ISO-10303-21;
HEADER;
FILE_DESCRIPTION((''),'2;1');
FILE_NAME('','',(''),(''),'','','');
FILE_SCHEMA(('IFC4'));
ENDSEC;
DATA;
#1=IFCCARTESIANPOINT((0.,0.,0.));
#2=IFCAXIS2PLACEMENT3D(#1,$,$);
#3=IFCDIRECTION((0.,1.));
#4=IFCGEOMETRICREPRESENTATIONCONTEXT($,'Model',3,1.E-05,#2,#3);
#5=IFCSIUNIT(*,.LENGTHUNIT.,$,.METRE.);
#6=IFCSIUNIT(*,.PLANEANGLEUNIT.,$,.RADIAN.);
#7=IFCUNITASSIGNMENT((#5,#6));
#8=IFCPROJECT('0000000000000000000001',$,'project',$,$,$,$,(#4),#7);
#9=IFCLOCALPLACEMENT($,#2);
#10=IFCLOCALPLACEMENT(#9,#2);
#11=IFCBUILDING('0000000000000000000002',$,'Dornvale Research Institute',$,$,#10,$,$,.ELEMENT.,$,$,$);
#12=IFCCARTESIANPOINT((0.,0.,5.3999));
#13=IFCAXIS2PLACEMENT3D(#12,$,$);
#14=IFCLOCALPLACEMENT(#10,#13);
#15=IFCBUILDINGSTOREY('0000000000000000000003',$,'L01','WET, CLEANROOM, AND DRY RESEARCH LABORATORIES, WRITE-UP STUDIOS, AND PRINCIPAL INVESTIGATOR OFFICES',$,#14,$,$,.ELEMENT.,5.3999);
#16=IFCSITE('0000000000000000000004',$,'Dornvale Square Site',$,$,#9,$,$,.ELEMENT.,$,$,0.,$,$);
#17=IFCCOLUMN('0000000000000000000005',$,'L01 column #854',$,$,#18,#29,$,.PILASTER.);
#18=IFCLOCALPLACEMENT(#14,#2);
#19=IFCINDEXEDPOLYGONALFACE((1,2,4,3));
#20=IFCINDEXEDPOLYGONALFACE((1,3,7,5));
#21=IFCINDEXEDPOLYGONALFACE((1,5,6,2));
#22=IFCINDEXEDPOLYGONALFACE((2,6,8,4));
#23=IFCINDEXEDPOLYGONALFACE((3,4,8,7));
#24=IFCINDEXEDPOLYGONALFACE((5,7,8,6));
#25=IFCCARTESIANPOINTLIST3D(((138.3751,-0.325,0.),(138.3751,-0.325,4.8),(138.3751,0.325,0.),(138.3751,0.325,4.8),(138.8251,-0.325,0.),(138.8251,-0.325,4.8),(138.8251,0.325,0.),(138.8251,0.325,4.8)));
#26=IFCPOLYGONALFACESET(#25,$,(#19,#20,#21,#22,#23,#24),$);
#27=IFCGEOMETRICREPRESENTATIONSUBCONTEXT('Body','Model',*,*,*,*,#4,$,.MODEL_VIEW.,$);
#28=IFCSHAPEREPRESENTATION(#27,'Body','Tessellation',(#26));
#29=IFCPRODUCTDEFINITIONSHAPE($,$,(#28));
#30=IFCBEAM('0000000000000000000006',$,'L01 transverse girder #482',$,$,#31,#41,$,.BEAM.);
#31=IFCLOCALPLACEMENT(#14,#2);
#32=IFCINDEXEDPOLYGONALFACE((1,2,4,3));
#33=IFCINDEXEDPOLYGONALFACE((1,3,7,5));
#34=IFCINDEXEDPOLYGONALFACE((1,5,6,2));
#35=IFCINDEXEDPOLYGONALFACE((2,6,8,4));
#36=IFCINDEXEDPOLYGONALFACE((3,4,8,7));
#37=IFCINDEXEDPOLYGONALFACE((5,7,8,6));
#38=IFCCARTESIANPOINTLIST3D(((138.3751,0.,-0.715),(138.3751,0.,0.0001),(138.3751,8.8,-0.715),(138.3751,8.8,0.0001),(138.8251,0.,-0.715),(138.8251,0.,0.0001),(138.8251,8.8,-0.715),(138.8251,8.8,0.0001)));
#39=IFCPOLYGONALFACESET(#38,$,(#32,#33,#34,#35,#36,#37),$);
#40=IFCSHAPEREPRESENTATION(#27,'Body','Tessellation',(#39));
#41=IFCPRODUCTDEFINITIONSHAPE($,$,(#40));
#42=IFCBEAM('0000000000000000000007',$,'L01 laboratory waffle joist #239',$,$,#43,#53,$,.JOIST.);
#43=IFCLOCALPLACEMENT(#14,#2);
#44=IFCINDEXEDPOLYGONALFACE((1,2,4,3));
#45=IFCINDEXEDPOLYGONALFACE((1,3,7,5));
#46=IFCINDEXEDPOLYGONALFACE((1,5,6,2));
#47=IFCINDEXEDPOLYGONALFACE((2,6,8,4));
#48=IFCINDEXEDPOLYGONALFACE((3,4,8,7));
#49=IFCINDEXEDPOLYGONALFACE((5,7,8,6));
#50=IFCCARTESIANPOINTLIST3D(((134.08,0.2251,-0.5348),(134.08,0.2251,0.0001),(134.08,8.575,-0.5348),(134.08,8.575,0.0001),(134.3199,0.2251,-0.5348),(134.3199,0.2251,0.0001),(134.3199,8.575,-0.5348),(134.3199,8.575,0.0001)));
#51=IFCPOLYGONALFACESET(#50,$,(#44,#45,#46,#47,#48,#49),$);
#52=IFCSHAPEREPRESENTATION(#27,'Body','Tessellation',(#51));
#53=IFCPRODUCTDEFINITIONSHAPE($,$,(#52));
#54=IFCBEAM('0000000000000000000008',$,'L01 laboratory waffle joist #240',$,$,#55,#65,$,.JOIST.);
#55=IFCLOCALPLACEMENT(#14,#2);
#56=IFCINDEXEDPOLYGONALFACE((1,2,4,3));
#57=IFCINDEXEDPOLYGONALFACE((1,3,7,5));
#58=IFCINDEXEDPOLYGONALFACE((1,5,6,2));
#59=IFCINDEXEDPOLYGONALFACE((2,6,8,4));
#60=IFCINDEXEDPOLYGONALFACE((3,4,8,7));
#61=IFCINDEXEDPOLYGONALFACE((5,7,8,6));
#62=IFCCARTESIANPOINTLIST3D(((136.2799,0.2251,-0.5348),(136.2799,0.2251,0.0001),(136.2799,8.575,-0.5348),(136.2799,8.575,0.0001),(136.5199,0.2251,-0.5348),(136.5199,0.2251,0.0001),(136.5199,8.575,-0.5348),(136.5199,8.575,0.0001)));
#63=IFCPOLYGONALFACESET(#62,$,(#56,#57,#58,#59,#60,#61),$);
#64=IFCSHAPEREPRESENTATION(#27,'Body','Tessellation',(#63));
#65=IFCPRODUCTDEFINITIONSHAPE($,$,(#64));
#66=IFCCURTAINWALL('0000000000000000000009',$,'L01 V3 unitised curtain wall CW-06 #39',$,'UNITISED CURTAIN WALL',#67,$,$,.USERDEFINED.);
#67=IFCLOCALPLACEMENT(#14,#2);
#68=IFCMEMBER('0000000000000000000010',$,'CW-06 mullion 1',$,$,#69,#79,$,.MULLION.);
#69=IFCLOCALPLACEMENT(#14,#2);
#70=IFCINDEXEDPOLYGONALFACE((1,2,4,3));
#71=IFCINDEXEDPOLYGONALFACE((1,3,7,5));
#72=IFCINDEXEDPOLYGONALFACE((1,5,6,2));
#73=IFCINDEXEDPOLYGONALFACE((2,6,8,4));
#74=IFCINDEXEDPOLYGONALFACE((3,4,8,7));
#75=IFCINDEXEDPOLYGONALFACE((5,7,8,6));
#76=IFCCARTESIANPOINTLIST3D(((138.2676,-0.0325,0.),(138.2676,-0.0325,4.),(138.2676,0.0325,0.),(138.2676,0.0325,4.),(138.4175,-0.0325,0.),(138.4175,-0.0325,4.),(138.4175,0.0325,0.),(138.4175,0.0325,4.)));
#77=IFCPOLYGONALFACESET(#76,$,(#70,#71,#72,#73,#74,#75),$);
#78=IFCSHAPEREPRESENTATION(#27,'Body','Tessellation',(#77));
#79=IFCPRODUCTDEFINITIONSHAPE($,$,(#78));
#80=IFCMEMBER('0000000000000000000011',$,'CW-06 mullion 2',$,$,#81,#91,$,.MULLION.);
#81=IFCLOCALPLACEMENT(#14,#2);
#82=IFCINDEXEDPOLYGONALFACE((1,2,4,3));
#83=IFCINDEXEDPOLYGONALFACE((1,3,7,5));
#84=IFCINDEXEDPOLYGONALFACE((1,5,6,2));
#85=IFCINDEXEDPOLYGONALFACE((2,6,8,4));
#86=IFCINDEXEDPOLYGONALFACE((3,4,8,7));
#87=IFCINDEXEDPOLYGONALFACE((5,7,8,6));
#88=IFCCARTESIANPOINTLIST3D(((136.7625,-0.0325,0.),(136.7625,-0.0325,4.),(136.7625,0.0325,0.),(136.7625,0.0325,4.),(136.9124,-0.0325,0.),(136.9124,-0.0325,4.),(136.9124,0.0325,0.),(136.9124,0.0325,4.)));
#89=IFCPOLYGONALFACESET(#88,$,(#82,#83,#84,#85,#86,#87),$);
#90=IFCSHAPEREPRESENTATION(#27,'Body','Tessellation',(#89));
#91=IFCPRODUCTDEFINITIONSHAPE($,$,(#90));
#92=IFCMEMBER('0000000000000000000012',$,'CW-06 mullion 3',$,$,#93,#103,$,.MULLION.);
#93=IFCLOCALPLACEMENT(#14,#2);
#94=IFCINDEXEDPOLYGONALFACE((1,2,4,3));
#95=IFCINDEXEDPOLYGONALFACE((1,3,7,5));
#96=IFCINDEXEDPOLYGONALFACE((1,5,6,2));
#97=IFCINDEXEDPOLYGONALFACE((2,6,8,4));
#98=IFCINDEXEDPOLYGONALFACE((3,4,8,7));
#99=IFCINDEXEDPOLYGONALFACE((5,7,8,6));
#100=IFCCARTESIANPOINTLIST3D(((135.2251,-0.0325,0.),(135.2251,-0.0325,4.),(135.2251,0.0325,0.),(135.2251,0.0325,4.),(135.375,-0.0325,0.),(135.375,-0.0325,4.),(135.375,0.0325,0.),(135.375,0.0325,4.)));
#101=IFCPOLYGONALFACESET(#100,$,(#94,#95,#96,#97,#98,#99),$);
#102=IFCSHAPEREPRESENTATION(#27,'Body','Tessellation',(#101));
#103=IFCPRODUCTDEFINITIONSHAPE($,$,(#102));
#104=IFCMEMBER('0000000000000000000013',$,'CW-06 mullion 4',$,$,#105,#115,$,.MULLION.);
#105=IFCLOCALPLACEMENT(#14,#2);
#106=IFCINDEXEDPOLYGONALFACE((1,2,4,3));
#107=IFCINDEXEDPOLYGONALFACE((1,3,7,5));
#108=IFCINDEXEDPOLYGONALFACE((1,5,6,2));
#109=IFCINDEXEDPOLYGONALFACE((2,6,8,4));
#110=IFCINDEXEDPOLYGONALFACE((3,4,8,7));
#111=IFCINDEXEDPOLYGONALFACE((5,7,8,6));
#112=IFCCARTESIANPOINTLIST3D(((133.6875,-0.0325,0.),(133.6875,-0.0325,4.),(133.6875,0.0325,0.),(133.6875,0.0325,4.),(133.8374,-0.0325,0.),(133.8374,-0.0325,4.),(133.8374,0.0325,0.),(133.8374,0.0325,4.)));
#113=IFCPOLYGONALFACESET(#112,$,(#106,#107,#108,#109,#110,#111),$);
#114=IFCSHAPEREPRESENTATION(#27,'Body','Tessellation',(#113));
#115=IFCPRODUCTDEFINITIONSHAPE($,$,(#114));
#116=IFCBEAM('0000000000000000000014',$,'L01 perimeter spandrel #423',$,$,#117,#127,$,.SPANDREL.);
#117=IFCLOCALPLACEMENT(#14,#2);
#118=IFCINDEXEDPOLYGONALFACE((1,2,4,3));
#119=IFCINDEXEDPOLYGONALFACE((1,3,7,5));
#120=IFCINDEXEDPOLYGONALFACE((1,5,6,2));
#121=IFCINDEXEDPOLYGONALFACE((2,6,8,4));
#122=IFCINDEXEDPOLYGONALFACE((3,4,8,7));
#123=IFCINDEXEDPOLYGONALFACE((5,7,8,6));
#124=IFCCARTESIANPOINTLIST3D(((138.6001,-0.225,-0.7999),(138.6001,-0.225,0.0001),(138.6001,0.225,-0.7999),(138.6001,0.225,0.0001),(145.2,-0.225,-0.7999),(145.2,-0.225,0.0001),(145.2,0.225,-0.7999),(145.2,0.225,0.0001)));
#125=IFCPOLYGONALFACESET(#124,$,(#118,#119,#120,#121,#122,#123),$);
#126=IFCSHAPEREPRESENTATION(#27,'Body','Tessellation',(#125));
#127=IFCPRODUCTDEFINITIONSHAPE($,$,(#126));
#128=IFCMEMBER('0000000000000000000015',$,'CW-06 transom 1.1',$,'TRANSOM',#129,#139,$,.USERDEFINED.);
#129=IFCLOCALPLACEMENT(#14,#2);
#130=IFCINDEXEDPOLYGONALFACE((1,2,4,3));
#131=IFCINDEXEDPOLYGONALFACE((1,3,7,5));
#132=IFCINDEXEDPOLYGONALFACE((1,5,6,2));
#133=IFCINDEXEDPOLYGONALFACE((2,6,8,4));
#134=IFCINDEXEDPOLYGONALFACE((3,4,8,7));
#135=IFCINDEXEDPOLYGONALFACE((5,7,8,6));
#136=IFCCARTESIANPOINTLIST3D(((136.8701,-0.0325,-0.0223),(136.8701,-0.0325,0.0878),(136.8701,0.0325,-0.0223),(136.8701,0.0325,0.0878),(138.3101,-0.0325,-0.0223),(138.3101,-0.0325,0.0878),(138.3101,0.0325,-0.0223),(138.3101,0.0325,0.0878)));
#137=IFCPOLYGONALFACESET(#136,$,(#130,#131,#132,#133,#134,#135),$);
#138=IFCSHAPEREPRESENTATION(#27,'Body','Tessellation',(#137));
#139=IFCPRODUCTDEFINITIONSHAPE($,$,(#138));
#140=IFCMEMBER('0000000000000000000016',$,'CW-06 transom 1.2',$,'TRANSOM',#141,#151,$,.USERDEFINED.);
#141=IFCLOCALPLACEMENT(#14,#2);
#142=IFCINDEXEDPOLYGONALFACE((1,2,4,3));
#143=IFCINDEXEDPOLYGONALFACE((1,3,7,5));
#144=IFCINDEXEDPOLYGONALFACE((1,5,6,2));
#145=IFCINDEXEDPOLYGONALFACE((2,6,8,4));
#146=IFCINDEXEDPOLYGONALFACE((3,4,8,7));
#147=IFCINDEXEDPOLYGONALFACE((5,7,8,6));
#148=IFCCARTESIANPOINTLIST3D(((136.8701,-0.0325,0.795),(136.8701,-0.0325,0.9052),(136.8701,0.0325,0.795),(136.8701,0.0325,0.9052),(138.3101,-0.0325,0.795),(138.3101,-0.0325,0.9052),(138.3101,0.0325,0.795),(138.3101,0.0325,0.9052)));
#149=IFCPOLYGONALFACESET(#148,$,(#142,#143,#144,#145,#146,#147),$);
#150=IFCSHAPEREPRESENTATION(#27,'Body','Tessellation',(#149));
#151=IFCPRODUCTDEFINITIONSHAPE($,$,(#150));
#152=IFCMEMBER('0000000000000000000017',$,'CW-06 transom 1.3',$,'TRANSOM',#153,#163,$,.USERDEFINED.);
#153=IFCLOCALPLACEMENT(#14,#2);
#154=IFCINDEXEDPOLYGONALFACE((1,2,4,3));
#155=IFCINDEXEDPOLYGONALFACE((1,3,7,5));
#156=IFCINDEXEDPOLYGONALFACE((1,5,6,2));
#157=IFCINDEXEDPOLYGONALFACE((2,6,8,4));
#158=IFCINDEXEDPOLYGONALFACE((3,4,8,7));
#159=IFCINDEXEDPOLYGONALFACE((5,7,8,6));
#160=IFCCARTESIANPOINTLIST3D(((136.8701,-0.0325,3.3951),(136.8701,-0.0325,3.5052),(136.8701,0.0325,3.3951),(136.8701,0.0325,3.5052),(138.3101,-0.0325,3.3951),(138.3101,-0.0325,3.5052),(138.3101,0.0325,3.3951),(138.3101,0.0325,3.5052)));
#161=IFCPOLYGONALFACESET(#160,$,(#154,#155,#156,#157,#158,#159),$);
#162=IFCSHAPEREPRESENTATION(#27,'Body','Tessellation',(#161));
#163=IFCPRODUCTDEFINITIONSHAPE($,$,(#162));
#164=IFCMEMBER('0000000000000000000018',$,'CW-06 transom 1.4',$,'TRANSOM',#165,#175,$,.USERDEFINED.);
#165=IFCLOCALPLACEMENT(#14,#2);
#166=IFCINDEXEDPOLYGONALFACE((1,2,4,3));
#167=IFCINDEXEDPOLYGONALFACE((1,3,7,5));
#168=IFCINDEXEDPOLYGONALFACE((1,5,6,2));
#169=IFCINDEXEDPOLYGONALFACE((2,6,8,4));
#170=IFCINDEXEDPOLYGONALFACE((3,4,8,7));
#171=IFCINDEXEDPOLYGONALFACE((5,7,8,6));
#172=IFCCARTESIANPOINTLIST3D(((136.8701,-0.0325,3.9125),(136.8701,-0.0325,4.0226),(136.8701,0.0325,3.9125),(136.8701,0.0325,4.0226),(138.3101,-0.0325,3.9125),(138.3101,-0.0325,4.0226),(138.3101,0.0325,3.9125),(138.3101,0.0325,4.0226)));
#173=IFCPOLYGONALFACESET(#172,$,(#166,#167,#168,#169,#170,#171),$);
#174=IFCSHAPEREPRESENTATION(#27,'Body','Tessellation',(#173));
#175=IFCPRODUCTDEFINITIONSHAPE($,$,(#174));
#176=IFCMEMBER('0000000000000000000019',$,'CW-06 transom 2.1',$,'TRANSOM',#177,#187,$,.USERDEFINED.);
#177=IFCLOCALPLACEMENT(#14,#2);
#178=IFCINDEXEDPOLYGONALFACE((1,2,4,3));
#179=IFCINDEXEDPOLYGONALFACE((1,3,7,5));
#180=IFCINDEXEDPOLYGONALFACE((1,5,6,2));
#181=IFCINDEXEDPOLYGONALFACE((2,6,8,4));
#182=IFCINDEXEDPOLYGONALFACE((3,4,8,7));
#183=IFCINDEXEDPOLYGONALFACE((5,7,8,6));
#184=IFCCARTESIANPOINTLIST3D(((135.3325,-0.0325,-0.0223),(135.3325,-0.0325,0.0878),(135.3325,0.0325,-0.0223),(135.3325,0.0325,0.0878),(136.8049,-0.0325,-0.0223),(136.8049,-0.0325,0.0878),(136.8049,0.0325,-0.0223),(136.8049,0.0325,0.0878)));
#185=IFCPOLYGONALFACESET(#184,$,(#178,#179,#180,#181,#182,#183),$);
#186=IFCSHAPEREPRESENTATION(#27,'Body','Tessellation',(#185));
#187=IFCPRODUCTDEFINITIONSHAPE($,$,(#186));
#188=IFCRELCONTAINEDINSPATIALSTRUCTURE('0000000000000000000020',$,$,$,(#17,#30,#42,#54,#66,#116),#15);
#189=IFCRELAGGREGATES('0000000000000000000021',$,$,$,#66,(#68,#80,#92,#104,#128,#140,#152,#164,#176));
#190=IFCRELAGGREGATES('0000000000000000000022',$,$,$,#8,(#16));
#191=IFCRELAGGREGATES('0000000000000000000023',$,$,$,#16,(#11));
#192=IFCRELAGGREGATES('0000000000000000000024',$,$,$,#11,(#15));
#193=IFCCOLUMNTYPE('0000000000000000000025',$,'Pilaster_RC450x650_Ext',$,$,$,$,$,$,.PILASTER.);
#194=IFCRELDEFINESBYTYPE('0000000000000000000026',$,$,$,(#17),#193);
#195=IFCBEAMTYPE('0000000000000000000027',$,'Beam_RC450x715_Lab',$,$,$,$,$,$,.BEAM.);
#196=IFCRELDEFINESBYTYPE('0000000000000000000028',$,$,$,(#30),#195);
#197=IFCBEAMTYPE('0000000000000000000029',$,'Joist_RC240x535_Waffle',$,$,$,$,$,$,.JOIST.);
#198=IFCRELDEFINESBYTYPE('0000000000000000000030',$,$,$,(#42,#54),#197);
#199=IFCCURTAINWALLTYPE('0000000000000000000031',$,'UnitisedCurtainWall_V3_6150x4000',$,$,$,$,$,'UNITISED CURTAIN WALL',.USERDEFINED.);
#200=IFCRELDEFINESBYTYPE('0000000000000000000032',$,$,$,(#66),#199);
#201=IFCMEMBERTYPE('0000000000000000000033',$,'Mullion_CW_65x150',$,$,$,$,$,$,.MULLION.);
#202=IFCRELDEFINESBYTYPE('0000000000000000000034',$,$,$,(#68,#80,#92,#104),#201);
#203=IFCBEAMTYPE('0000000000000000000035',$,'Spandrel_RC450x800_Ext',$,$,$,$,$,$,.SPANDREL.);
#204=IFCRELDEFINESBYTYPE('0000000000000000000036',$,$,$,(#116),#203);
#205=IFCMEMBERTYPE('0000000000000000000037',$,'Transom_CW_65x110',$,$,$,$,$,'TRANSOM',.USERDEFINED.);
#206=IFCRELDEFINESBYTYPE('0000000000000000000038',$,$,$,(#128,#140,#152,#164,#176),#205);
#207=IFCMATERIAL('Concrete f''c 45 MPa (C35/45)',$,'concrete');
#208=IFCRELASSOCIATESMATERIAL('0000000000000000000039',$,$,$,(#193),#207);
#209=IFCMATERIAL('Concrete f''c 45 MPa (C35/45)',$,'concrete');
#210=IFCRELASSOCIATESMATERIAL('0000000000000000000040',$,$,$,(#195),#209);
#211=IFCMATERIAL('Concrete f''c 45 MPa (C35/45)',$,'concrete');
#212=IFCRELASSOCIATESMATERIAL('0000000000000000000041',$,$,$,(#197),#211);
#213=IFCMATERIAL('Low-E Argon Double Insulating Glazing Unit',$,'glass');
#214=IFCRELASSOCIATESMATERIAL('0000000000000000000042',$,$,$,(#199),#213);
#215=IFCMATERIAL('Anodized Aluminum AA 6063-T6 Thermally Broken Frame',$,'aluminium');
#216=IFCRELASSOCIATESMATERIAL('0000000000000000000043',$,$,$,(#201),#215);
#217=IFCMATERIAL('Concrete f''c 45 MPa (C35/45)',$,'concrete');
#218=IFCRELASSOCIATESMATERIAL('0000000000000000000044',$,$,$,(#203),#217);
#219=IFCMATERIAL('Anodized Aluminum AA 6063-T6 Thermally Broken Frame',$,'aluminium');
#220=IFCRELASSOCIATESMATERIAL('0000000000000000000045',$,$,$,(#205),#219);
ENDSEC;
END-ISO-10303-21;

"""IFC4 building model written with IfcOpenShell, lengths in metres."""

from ifc_helpers import new_model, si_unit, direction, frame, origin, origin_2d, place, context, subcontext, project, spatial, rectangle, extrude, material, material_profile, profile_set, type_object, element, aggregate, save


model = new_model("IFC4")

# Units and contexts
model_context = context("Model", 3, precision=1e-05, world=origin(), true_north=direction((0.0, 1.0)))
body_context = subcontext(model_context, "Body", "Model", "MODEL_VIEW")
ifc_project = project(units=[si_unit("LENGTHUNIT", "METRE"), si_unit("PLANEANGLEUNIT", "RADIAN")], contexts=[model_context])

# Site, building, storey
site_placement = place(None, origin())
site = spatial("IfcSite", under=ifc_project, at=site_placement, Name="Dornvale Square Site", CompositionType="ELEMENT", RefElevation=0.0)
building_placement = place(site_placement, origin())
building = spatial("IfcBuilding", under=site, at=building_placement, Name="Dornvale Research Institute", CompositionType="ELEMENT")
storey_placement = place(building_placement, frame((0.0, 0.0, 5.3999)))
storey = spatial("IfcBuildingStorey", under=building, at=storey_placement, Name="L01", Description="WET, CLEANROOM, AND DRY RESEARCH LABORATORIES, WRITE-UP STUDIOS, AND PRINCIPAL INVESTIGATOR OFFICES", CompositionType="ELEMENT", Elevation=5.3999)

# Column
ifc_material_1 = material(Name="Concrete f'c 45 MPa (C35/45)", Category="concrete")
ifc_material_profile_1 = material_profile(ifc_material_1, rectangle(XDim=0.45, YDim=0.6499, at=origin_2d()), Name="RC 450x650")
ifc_profile_set_1 = profile_set([ifc_material_profile_1], Name="Concrete f'c 45 MPa (C35/45)")
column_type = type_object("IfcColumnType", Name="Pilaster_RC450x650_Ext", PredefinedType="PILASTER", material=ifc_profile_set_1)
column_placement = place(storey_placement, frame((138.6001, 0.0, 0.0), z_axis=(0.0, 0.0, 1.0), x_axis=(1.0, 0.0, 0.0)))
element("IfcColumn", 1, at=column_placement, inside=storey, type_object=column_type, Name="L01 column #854", PredefinedType="PILASTER", context=body_context, shape_type="SweptSolid", body=[
    extrude(rectangle(XDim=0.45, YDim=0.6499, at=origin_2d()), origin(), (0.0, 0.0, 1.0), 4.8),
])

# Beams
ifc_material_2 = material(Name="Concrete f'c 45 MPa (C35/45)", Category="concrete")
ifc_material_profile_2 = material_profile(ifc_material_2, rectangle(XDim=0.45, YDim=0.7151, at=origin_2d()), Name="RC 450x715")
ifc_profile_set_2 = profile_set([ifc_material_profile_2], Name="Concrete f'c 45 MPa (C35/45)")
beam_type_1 = type_object("IfcBeamType", Name="Beam_RC450x715_Lab", PredefinedType="BEAM", material=ifc_profile_set_2)
beam_1_placement = place(storey_placement, frame((138.6001, 0.0, -0.3574), z_axis=(0.0, 1.0, 0.0), x_axis=(-1.0, 0.0, 0.0)))
element("IfcBeam", 2, at=beam_1_placement, inside=storey, type_object=beam_type_1, Name="L01 transverse girder #482", PredefinedType="BEAM", context=body_context, shape_type="SweptSolid", body=[
    extrude(rectangle(XDim=0.45, YDim=0.7151, at=origin_2d()), origin(), (0.0, 0.0, 1.0), 8.8),
])
ifc_material_3 = material(Name="Concrete f'c 45 MPa (C35/45)", Category="concrete")
ifc_material_profile_3 = material_profile(ifc_material_3, rectangle(XDim=0.24, YDim=0.5349, at=origin_2d()), Name="RC 240x535")
ifc_profile_set_3 = profile_set([ifc_material_profile_3], Name="Concrete f'c 45 MPa (C35/45)")
beam_type_2 = type_object("IfcBeamType", Name="Joist_RC240x535_Waffle", PredefinedType="JOIST", material=ifc_profile_set_3)
for number, where, z_axis, x_axis, name in (
    (3, (134.2, 0.2251, -0.2673), (0.0, 1.0, 0.0), (-1.0, 0.0, 0.0), "L01 laboratory waffle joist #239"),
    (4, (136.3999, 0.2251, -0.2673), (0.0, 1.0, 0.0), (-1.0, 0.0, 0.0), "L01 laboratory waffle joist #240"),
):
    element("IfcBeam", number, at=place(storey_placement, frame(where, z_axis=z_axis, x_axis=x_axis)), inside=storey, type_object=beam_type_2, Name=name, PredefinedType="JOIST", context=body_context, shape_type="SweptSolid", body=[
        extrude(rectangle(XDim=0.24, YDim=0.5349, at=origin_2d()), origin(), (0.0, 0.0, 1.0), 8.3499),
    ])

# Curtain wall, members
ifc_material_4 = material(Name="Low-E Argon Double Insulating Glazing Unit", Category="glass")
curtain_wall_type = type_object("IfcCurtainWallType", Name="UnitisedCurtainWall_V3_6150x4000", ElementType="UNITISED CURTAIN WALL", PredefinedType="USERDEFINED", material=ifc_material_4)
curtain_wall_placement = place(storey_placement, origin())
curtain_wall = element("IfcCurtainWall", 5, at=curtain_wall_placement, inside=storey, type_object=curtain_wall_type, Name="L01 V3 unitised curtain wall CW-06 #39", ObjectType="UNITISED CURTAIN WALL", PredefinedType="USERDEFINED")
ifc_material_5 = material(Name="Anodized Aluminum AA 6063-T6 Thermally Broken Frame", Category="aluminium")
ifc_material_profile_4 = material_profile(ifc_material_5, rectangle(XDim=0.0649, YDim=0.1499, at=origin_2d()), Name="ALU MULLION 65x150")
ifc_profile_set_4 = profile_set([ifc_material_profile_4], Name="Anodized Aluminum AA 6063-T6 Thermally Broken Frame")
member_type_1 = type_object("IfcMemberType", Name="Mullion_CW_65x150", PredefinedType="MULLION", material=ifc_profile_set_4)
member_1_placement = place(storey_placement, frame((138.3425, 0.0, 0.0), z_axis=(0.0, 0.0, 1.0), x_axis=(0.0, -1.0, 0.0)))
member_1 = element("IfcMember", 6, at=member_1_placement, type_object=member_type_1, Name="CW-06 mullion 1", PredefinedType="MULLION", context=body_context, shape_type="SweptSolid", body=[
    extrude(rectangle(XDim=0.0649, YDim=0.1499, at=origin_2d()), origin(), (0.0, 0.0, 1.0), 4.0),
])
member_2_placement = place(storey_placement, frame((136.8374, 0.0, 0.0), z_axis=(0.0, 0.0, 1.0), x_axis=(0.0, -1.0, 0.0)))
member_2 = element("IfcMember", 7, at=member_2_placement, type_object=member_type_1, Name="CW-06 mullion 2", PredefinedType="MULLION", context=body_context, shape_type="SweptSolid", body=[
    extrude(rectangle(XDim=0.0649, YDim=0.1499, at=origin_2d()), origin(), (0.0, 0.0, 1.0), 4.0),
])
member_3_placement = place(storey_placement, frame((135.3, 0.0, 0.0), z_axis=(0.0, 0.0, 1.0), x_axis=(0.0, -1.0, 0.0)))
member_3 = element("IfcMember", 8, at=member_3_placement, type_object=member_type_1, Name="CW-06 mullion 3", PredefinedType="MULLION", context=body_context, shape_type="SweptSolid", body=[
    extrude(rectangle(XDim=0.0649, YDim=0.1499, at=origin_2d()), origin(), (0.0, 0.0, 1.0), 4.0),
])
member_4_placement = place(storey_placement, frame((133.7625, 0.0, 0.0), z_axis=(0.0, 0.0, 1.0), x_axis=(0.0, -1.0, 0.0)))
member_4 = element("IfcMember", 9, at=member_4_placement, type_object=member_type_1, Name="CW-06 mullion 4", PredefinedType="MULLION", context=body_context, shape_type="SweptSolid", body=[
    extrude(rectangle(XDim=0.0649, YDim=0.1499, at=origin_2d()), origin(), (0.0, 0.0, 1.0), 4.0),
])

# Beam
ifc_material_6 = material(Name="Concrete f'c 45 MPa (C35/45)", Category="concrete")
ifc_material_profile_5 = material_profile(ifc_material_6, rectangle(XDim=0.45, YDim=0.8, at=origin_2d()), Name="RC 450x800")
ifc_profile_set_5 = profile_set([ifc_material_profile_5], Name="Concrete f'c 45 MPa (C35/45)")
beam_type_3 = type_object("IfcBeamType", Name="Spandrel_RC450x800_Ext", PredefinedType="SPANDREL", material=ifc_profile_set_5)
beam_2_placement = place(storey_placement, frame((138.6001, 0.0, -0.3999), z_axis=(1.0, 0.0, 0.0), x_axis=(0.0, 1.0, 0.0)))
element("IfcBeam", 10, at=beam_2_placement, inside=storey, type_object=beam_type_3, Name="L01 perimeter spandrel #423", PredefinedType="SPANDREL", context=body_context, shape_type="SweptSolid", body=[
    extrude(rectangle(XDim=0.45, YDim=0.8, at=origin_2d()), origin(), (0.0, 0.0, 1.0), 6.5999),
])

# Members
ifc_material_7 = material(Name="Anodized Aluminum AA 6063-T6 Thermally Broken Frame", Category="aluminium")
ifc_material_profile_6 = material_profile(ifc_material_7, rectangle(XDim=0.0649, YDim=0.1101, at=origin_2d()), Name="ALU TRANSOM 65x110")
ifc_profile_set_6 = profile_set([ifc_material_profile_6], Name="Anodized Aluminum AA 6063-T6 Thermally Broken Frame")
member_type_2 = type_object("IfcMemberType", Name="Transom_CW_65x110", ElementType="TRANSOM", PredefinedType="USERDEFINED", material=ifc_profile_set_6)
member_5_placement = place(storey_placement, frame((138.3101, 0.0, 0.0327), z_axis=(-1.0, 0.0, 0.0), x_axis=(0.0, -1.0, 0.0)))
member_5 = element("IfcMember", 11, at=member_5_placement, type_object=member_type_2, Name="CW-06 transom 1.1", ObjectType="TRANSOM", PredefinedType="USERDEFINED", context=body_context, shape_type="SweptSolid", body=[
    extrude(rectangle(XDim=0.0649, YDim=0.1101, at=origin_2d()), origin(), (0.0, 0.0, 1.0), 1.4399),
])
member_6_placement = place(storey_placement, frame((138.3101, 0.0, 0.8501), z_axis=(-1.0, 0.0, 0.0), x_axis=(0.0, -1.0, 0.0)))
member_6 = element("IfcMember", 12, at=member_6_placement, type_object=member_type_2, Name="CW-06 transom 1.2", ObjectType="TRANSOM", PredefinedType="USERDEFINED", context=body_context, shape_type="SweptSolid", body=[
    extrude(rectangle(XDim=0.0649, YDim=0.1101, at=origin_2d()), origin(), (0.0, 0.0, 1.0), 1.4399),
])
member_7_placement = place(storey_placement, frame((138.3101, 0.0, 3.4502), z_axis=(-1.0, 0.0, 0.0), x_axis=(0.0, -1.0, 0.0)))
member_7 = element("IfcMember", 13, at=member_7_placement, type_object=member_type_2, Name="CW-06 transom 1.3", ObjectType="TRANSOM", PredefinedType="USERDEFINED", context=body_context, shape_type="SweptSolid", body=[
    extrude(rectangle(XDim=0.0649, YDim=0.1101, at=origin_2d()), origin(), (0.0, 0.0, 1.0), 1.4399),
])
member_8_placement = place(storey_placement, frame((138.3101, 0.0, 3.9675), z_axis=(-1.0, 0.0, 0.0), x_axis=(0.0, -1.0, 0.0)))
member_8 = element("IfcMember", 14, at=member_8_placement, type_object=member_type_2, Name="CW-06 transom 1.4", ObjectType="TRANSOM", PredefinedType="USERDEFINED", context=body_context, shape_type="SweptSolid", body=[
    extrude(rectangle(XDim=0.0649, YDim=0.1101, at=origin_2d()), origin(), (0.0, 0.0, 1.0), 1.4399),
])
member_9_placement = place(storey_placement, frame((136.8049, 0.0, 0.0327), z_axis=(-1.0, 0.0, 0.0), x_axis=(0.0, -1.0, 0.0)))
member_9 = element("IfcMember", 15, at=member_9_placement, type_object=member_type_2, Name="CW-06 transom 2.1", ObjectType="TRANSOM", PredefinedType="USERDEFINED", context=body_context, shape_type="SweptSolid", body=[
    extrude(rectangle(XDim=0.0649, YDim=0.1101, at=origin_2d()), origin(), (0.0, 0.0, 1.0), 1.4724),
])

aggregate(curtain_wall, [member_1, member_2, member_3, member_4, member_5, member_6, member_7, member_8, member_9])

save(model, "model.ifc")
